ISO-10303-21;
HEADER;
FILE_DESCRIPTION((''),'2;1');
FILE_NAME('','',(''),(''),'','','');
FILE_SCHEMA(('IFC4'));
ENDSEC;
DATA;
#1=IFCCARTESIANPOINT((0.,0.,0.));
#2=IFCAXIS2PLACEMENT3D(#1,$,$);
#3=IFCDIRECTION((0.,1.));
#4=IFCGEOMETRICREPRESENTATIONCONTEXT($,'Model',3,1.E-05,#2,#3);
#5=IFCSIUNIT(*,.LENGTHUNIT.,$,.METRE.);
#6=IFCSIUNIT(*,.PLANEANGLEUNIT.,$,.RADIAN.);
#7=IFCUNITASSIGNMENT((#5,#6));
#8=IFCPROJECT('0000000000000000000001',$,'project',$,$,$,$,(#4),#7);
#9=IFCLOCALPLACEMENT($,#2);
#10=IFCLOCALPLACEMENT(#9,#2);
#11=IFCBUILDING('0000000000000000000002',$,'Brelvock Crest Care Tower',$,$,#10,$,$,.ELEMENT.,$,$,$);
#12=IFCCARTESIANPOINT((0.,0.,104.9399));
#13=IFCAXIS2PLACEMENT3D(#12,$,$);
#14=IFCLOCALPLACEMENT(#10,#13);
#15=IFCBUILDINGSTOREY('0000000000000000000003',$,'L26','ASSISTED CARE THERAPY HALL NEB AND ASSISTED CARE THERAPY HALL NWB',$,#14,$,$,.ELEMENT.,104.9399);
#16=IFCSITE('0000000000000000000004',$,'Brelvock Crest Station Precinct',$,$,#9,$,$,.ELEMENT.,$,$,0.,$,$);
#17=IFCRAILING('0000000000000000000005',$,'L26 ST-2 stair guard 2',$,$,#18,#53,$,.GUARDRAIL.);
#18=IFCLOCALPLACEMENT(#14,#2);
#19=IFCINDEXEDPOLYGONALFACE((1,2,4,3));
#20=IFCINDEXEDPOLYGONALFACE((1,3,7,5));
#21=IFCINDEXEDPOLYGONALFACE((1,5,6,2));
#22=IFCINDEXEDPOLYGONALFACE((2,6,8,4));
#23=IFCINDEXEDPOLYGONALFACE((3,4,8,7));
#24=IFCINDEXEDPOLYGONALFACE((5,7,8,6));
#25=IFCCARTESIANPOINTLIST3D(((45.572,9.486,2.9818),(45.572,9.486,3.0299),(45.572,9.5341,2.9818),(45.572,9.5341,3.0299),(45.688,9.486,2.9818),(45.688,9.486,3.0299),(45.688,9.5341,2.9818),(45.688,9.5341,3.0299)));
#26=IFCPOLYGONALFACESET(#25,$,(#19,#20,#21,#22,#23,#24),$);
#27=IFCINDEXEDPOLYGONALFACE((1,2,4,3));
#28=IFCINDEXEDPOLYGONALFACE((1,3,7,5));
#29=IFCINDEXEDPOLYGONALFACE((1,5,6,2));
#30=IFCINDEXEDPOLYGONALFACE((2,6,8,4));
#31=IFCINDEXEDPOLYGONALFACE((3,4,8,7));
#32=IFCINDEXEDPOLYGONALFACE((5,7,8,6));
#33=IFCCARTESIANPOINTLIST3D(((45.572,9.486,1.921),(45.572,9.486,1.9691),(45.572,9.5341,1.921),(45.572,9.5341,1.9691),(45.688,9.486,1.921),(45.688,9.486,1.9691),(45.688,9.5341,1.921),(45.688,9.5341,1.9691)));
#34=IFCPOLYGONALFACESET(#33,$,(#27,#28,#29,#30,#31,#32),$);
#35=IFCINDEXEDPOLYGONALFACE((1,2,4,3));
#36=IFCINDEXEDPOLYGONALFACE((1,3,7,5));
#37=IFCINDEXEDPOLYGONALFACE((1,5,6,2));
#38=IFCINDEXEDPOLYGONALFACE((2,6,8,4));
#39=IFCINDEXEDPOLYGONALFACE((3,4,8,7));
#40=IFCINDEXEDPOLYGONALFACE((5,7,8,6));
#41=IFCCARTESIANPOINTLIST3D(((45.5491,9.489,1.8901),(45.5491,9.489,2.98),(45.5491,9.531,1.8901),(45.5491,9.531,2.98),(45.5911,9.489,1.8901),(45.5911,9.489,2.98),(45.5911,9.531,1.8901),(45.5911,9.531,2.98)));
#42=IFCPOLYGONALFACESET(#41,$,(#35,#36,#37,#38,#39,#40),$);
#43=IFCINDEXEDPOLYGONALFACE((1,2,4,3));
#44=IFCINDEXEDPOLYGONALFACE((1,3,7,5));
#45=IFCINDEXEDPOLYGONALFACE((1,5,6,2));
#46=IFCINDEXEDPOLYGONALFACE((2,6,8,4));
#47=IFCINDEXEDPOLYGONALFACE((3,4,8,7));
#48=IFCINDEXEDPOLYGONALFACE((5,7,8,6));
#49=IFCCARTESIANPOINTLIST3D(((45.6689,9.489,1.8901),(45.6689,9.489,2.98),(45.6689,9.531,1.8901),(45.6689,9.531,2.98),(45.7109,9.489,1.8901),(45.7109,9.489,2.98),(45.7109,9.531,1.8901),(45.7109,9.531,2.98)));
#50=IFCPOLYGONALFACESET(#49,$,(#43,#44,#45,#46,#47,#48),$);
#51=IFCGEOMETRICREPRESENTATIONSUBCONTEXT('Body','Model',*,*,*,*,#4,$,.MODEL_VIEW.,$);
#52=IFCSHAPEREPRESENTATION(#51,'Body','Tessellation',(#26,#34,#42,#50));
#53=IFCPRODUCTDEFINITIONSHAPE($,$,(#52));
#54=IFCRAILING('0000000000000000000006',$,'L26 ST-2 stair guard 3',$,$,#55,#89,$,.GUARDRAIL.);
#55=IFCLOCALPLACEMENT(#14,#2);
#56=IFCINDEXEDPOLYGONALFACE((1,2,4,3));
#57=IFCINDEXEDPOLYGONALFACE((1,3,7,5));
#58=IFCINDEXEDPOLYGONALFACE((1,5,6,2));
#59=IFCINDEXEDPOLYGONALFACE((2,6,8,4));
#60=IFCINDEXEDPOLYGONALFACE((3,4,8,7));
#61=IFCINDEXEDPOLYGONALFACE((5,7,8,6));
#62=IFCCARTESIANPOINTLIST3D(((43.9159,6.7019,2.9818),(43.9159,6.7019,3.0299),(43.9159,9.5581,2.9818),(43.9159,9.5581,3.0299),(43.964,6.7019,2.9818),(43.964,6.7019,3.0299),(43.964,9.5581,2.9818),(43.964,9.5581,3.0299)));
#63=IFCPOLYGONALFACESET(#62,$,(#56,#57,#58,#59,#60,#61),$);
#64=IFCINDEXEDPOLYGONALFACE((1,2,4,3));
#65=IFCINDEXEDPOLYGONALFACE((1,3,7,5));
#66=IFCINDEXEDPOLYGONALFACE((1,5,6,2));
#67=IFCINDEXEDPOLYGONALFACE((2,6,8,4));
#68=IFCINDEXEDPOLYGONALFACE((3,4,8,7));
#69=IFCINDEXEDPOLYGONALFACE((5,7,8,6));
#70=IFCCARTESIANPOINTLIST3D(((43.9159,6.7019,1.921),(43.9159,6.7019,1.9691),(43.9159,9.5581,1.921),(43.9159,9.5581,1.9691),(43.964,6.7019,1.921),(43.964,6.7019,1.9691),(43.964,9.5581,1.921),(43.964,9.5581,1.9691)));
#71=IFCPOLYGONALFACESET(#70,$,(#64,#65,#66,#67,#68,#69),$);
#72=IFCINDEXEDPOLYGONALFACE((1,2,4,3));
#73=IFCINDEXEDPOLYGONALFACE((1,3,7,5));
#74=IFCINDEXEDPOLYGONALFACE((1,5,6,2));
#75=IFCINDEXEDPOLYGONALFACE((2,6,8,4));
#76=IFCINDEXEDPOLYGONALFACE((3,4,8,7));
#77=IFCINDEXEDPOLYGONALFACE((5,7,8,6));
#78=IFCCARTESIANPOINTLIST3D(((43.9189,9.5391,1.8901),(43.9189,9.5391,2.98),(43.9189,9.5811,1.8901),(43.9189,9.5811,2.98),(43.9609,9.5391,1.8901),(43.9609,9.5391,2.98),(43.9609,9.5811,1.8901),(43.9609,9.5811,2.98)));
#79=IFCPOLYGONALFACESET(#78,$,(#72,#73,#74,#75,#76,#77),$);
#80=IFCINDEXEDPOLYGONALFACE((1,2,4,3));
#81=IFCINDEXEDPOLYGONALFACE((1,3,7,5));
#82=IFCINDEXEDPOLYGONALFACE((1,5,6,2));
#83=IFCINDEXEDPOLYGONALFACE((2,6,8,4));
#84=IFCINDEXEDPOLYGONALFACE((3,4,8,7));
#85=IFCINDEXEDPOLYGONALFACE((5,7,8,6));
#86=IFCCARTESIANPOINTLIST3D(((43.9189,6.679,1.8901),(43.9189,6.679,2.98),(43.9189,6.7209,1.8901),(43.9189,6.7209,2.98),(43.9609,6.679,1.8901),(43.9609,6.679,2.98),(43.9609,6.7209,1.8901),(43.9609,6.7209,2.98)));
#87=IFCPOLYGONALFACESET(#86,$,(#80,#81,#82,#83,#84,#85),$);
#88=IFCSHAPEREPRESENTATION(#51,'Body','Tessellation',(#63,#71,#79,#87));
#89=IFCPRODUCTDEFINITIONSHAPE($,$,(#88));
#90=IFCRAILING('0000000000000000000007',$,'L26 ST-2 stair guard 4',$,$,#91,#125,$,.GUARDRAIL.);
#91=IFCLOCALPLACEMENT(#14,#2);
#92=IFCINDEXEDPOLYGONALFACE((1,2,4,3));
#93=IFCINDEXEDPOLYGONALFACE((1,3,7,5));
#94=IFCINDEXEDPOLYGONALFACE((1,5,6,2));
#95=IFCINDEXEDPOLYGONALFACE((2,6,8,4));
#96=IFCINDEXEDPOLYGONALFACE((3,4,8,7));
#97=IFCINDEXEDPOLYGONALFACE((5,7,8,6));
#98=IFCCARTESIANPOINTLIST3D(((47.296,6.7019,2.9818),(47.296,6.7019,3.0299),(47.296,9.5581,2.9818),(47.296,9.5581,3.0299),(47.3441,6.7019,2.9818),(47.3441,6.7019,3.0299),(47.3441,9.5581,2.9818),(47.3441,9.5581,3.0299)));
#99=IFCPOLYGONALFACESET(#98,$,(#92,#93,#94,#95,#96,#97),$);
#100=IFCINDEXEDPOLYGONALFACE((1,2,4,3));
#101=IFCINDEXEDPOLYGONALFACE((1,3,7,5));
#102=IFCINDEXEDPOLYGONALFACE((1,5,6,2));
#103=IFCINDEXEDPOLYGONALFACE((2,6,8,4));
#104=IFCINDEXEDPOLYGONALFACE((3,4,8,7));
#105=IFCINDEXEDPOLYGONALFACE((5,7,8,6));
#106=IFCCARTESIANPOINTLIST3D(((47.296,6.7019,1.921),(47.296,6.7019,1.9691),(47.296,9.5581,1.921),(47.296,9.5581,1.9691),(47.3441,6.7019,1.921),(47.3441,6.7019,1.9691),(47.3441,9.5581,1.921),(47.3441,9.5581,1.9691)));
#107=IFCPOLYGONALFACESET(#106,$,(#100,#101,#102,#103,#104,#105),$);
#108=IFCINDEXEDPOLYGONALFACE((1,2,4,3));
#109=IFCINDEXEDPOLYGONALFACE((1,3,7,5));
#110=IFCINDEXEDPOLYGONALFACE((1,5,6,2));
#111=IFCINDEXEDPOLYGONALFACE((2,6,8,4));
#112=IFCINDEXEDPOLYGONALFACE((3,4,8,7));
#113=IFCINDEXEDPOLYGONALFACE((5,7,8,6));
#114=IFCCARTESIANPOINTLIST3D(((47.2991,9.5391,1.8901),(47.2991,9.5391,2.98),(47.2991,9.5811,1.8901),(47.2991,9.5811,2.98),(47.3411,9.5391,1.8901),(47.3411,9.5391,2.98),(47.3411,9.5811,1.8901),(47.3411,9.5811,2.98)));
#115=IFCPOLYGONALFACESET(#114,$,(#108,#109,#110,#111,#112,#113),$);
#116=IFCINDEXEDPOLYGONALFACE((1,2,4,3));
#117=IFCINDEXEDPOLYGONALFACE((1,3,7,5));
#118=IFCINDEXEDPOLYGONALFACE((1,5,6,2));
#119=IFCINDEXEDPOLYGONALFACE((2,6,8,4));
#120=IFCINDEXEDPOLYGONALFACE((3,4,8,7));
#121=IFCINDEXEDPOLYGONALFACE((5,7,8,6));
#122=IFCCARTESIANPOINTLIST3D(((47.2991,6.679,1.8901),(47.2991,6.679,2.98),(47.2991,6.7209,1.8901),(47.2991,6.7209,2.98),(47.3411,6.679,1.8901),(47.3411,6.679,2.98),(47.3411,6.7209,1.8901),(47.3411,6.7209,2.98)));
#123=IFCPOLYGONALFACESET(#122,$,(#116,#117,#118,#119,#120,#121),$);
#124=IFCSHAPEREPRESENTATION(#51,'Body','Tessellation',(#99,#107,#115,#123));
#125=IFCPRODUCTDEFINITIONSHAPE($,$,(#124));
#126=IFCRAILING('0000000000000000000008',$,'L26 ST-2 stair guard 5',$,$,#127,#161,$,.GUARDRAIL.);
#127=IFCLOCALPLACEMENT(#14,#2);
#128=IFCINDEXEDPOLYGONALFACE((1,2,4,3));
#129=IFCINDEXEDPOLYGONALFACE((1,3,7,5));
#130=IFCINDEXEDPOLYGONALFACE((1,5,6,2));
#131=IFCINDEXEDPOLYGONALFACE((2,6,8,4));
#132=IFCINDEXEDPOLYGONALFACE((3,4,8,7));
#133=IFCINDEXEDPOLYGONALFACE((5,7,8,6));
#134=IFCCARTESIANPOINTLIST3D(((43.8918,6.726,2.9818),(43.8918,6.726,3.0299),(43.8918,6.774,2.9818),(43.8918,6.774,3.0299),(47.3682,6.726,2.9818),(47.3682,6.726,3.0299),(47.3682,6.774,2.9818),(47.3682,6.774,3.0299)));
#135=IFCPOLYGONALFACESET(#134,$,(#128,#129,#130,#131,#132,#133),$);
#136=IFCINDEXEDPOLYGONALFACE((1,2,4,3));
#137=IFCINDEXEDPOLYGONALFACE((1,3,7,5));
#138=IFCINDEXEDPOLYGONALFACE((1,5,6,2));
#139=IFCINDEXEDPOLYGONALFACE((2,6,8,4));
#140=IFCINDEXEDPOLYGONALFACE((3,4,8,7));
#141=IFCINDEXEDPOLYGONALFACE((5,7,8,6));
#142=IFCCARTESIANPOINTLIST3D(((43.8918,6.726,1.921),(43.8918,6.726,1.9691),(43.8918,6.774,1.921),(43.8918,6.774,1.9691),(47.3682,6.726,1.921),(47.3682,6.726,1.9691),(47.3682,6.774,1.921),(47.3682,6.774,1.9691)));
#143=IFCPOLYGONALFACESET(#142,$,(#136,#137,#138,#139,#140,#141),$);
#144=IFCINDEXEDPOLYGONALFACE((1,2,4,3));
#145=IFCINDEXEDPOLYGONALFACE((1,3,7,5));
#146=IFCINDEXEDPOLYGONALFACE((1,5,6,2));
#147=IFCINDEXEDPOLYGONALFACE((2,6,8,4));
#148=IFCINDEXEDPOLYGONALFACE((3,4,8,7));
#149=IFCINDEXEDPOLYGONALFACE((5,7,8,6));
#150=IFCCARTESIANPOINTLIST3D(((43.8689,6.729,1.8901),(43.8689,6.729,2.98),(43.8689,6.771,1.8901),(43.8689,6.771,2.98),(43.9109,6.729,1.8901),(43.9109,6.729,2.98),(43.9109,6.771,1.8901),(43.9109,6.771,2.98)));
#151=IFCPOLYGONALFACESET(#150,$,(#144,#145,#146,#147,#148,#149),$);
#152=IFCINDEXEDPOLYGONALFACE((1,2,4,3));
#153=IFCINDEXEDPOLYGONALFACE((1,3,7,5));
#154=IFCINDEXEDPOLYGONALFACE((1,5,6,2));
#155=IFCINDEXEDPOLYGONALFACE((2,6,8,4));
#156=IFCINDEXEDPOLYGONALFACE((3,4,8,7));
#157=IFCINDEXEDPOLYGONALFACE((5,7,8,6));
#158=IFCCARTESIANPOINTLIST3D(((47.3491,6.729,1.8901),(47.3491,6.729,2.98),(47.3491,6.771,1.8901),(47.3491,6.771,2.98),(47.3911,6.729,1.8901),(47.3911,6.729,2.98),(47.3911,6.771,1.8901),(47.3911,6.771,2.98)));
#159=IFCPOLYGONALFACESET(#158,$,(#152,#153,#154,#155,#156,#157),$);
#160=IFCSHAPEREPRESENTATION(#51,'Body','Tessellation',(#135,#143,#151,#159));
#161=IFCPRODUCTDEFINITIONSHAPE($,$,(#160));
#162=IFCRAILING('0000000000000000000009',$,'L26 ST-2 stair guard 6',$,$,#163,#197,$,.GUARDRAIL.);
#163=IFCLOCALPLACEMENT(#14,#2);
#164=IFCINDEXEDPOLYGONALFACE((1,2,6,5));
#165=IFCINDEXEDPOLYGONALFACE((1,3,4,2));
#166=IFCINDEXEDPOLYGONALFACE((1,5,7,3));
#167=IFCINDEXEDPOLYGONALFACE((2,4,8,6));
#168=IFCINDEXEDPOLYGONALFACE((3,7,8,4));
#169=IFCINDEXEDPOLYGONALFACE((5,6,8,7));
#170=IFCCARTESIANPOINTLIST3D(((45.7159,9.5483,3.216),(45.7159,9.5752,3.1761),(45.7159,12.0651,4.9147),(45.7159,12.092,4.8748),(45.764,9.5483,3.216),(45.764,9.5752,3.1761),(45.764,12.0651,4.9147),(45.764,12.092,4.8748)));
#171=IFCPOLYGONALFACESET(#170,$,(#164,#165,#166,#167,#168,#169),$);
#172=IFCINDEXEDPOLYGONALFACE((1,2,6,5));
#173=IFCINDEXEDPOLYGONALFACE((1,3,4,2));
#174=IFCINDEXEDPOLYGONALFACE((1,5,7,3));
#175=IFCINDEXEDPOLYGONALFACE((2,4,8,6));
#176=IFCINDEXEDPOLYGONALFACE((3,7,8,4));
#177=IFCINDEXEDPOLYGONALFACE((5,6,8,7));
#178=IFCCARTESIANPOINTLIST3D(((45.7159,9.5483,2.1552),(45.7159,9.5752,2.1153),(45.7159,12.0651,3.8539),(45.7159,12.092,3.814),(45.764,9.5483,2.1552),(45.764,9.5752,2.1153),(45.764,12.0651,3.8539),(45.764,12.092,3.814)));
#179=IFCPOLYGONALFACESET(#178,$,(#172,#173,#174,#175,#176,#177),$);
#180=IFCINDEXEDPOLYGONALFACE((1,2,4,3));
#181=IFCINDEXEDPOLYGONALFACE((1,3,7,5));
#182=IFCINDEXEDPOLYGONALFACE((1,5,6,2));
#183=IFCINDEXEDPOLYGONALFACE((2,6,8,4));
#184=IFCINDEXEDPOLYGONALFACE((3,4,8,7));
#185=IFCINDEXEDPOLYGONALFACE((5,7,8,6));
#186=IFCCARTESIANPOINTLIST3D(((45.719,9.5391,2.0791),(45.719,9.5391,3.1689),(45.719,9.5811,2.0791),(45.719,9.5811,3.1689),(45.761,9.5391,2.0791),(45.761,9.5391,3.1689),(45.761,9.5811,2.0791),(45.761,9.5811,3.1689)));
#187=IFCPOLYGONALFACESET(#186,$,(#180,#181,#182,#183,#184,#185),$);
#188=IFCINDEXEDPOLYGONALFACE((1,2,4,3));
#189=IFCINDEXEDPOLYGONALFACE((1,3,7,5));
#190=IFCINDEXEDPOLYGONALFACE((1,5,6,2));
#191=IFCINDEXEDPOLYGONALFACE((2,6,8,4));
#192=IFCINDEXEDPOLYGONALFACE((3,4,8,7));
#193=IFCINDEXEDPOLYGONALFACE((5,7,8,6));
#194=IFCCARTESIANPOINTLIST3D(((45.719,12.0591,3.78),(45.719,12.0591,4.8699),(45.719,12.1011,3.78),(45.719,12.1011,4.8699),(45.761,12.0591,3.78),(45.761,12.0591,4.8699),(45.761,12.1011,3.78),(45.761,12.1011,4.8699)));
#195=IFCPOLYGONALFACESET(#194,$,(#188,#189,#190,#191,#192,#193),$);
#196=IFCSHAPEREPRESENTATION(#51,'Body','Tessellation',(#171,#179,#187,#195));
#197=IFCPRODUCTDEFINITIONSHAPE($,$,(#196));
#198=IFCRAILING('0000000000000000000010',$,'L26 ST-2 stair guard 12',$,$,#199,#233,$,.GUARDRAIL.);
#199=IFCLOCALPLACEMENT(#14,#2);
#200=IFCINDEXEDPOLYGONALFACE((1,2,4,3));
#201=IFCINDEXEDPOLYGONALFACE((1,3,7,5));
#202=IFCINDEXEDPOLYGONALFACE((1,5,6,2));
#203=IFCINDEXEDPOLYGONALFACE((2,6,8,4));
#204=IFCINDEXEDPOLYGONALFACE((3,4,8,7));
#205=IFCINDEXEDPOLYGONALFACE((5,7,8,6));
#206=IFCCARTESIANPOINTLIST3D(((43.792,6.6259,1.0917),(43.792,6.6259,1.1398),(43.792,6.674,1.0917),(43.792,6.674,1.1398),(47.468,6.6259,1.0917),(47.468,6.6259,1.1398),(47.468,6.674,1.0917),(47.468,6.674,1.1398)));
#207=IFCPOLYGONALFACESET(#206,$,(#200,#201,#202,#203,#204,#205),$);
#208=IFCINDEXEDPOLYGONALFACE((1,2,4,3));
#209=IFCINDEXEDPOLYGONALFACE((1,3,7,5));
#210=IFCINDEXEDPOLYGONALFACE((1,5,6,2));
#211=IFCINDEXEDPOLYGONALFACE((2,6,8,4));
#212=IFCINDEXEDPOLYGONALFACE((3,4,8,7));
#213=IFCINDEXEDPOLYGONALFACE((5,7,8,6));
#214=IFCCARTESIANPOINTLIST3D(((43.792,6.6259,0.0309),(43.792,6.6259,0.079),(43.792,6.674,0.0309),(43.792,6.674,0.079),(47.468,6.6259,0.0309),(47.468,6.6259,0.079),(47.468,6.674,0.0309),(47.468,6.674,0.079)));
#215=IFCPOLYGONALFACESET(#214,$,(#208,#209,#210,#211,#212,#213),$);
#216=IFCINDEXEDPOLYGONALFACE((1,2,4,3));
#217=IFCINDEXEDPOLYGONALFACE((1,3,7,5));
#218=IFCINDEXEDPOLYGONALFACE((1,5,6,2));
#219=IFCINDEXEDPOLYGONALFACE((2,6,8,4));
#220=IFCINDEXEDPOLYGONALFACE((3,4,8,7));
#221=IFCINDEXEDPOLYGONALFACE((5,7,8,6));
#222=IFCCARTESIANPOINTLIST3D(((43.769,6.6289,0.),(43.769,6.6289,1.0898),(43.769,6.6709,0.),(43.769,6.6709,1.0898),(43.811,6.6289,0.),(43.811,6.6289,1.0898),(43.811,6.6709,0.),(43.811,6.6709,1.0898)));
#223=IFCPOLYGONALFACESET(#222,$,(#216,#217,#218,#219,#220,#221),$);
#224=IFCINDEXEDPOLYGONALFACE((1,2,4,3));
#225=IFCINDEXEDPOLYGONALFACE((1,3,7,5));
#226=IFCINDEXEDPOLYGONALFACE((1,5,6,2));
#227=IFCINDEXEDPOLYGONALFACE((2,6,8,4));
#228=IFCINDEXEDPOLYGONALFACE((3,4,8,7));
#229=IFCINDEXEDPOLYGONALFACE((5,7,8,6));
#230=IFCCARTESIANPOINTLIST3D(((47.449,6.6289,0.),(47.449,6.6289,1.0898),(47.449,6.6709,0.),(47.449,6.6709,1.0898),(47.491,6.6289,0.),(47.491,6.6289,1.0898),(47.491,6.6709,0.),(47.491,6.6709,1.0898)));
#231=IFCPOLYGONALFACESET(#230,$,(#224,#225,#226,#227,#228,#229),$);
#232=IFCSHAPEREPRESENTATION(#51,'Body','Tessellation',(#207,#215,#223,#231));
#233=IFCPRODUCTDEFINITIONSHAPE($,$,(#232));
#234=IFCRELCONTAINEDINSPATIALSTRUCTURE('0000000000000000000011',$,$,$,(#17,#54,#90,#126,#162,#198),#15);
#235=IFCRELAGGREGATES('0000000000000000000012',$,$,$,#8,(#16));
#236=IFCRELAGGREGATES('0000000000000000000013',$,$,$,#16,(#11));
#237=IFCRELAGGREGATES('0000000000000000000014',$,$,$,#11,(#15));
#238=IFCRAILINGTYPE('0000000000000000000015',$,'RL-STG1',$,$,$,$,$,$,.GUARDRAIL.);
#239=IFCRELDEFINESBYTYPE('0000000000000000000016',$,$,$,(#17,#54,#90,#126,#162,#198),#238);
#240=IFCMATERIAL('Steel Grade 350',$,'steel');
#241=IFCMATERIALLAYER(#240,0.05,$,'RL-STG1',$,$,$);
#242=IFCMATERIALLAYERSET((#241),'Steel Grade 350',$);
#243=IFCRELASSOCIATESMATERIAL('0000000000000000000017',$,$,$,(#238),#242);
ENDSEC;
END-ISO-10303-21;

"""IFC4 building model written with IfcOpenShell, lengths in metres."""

from ifc_helpers import new_model, si_unit, direction, frame, origin, origin_2d, place, context, subcontext, project, spatial, rectangle, extrude, material, layer, layer_set, type_object, element, save


model = new_model("IFC4")

# Units and contexts
model_context = context("Model", 3, precision=1e-05, world=origin(), true_north=direction((0.0, 1.0)))
body_context = subcontext(model_context, "Body", "Model", "MODEL_VIEW")
ifc_project = project(units=[si_unit("LENGTHUNIT", "METRE"), si_unit("PLANEANGLEUNIT", "RADIAN")], contexts=[model_context])

# Site, building, storey
site_placement = place(None, origin())
site = spatial("IfcSite", under=ifc_project, at=site_placement, Name="Brelvock Crest Station Precinct", CompositionType="ELEMENT", RefElevation=0.0)
building_placement = place(site_placement, origin())
building = spatial("IfcBuilding", under=site, at=building_placement, Name="Brelvock Crest Care Tower", CompositionType="ELEMENT")
storey_placement = place(building_placement, frame((0.0, 0.0, 104.9399)))
storey = spatial("IfcBuildingStorey", under=building, at=storey_placement, Name="L26", Description="ASSISTED CARE THERAPY HALL NEB AND ASSISTED CARE THERAPY HALL NWB", CompositionType="ELEMENT", Elevation=104.9399)

# Shared definitions
ifc_material_1 = material(Name="Steel Grade 350", Category="steel")

# Railings
ifc_layer_1 = layer(ifc_material_1, 0.05, Name="RL-STG1")
ifc_layer_set_1 = layer_set([ifc_layer_1], Name="Steel Grade 350")
railing_type_1 = type_object("IfcRailingType", Name="RL-STG1", PredefinedType="GUARDRAIL", material=ifc_layer_set_1)
railing_1_placement = place(storey_placement, frame((45.5701, 9.51, 1.8901)))
element("IfcRailing", 1, at=railing_1_placement, inside=storey, type_object=railing_type_1, Name="L26 ST-2 stair guard 2", PredefinedType="GUARDRAIL", context=body_context, shape_type="SweptSolid", body=[
    extrude(rectangle(XDim=0.0481, YDim=0.0481, at=origin_2d()), frame((0.002, 0.0, 1.1157), z_axis=(1.0, 0.0, 0.0), x_axis=(0.0, 1.0, 0.0)), (0.0, 0.0, 1.0), 0.116),
    extrude(rectangle(XDim=0.0481, YDim=0.0481, at=origin_2d()), frame((0.002, 0.0, 0.0549), z_axis=(1.0, 0.0, 0.0), x_axis=(0.0, 1.0, 0.0)), (0.0, 0.0, 1.0), 0.116),
    extrude(rectangle(XDim=0.042, YDim=0.042, at=origin_2d()), origin(), (0.0, 0.0, 1.0), 1.0898),
    extrude(rectangle(XDim=0.042, YDim=0.042, at=origin_2d()), frame((0.1199, 0.0, 0.0)), (0.0, 0.0, 1.0), 1.0898),
])
for number, where, name in (
    (2, (43.9399, 9.5601, 1.8901), "L26 ST-2 stair guard 3"),
    (3, (47.3201, 9.5601, 1.8901), "L26 ST-2 stair guard 4"),
):
    element("IfcRailing", number, at=place(storey_placement, frame(where)), inside=storey, type_object=railing_type_1, Name=name, PredefinedType="GUARDRAIL", context=body_context, shape_type="SweptSolid", body=[
        extrude(rectangle(XDim=0.0481, YDim=0.0481, at=origin_2d()), frame((0.0, -0.002, 1.1157), z_axis=(0.0, -1.0, 0.0), x_axis=(1.0, 0.0, 0.0)), (0.0, 0.0, 1.0), 2.8562),
        extrude(rectangle(XDim=0.0481, YDim=0.0481, at=origin_2d()), frame((0.0, -0.002, 0.0549), z_axis=(0.0, -1.0, 0.0), x_axis=(1.0, 0.0, 0.0)), (0.0, 0.0, 1.0), 2.8562),
        extrude(rectangle(XDim=0.042, YDim=0.042, at=origin_2d()), origin(), (0.0, 0.0, 1.0), 1.0898),
        extrude(rectangle(XDim=0.042, YDim=0.042, at=origin_2d()), frame((0.0, -2.8601, 0.0)), (0.0, 0.0, 1.0), 1.0898),
    ])
railing_2_placement = place(storey_placement, frame((43.8899, 6.75, 1.8901)))
element("IfcRailing", 4, at=railing_2_placement, inside=storey, type_object=railing_type_1, Name="L26 ST-2 stair guard 5", PredefinedType="GUARDRAIL", context=body_context, shape_type="SweptSolid", body=[
    extrude(rectangle(XDim=0.0481, YDim=0.0481, at=origin_2d()), frame((0.002, 0.0, 1.1157), z_axis=(1.0, 0.0, 0.0), x_axis=(0.0, 1.0, 0.0)), (0.0, 0.0, 1.0), 3.4763),
    extrude(rectangle(XDim=0.0481, YDim=0.0481, at=origin_2d()), frame((0.002, 0.0, 0.0549), z_axis=(1.0, 0.0, 0.0), x_axis=(0.0, 1.0, 0.0)), (0.0, 0.0, 1.0), 3.4763),
    extrude(rectangle(XDim=0.042, YDim=0.042, at=origin_2d()), origin(), (0.0, 0.0, 1.0), 1.0898),
    extrude(rectangle(XDim=0.042, YDim=0.042, at=origin_2d()), frame((3.4802, 0.0, 0.0)), (0.0, 0.0, 1.0), 1.0898),
])
railing_3_placement = place(storey_placement, frame((45.74, 9.5601, 2.0791)))
element("IfcRailing", 5, at=railing_3_placement, inside=storey, type_object=railing_type_1, Name="L26 ST-2 stair guard 6", PredefinedType="GUARDRAIL", context=body_context, shape_type="SweptSolid", body=[
    extrude(rectangle(XDim=0.0481, YDim=0.0481, at=origin_2d()), frame((0.0, 0.0017, 1.1169), z_axis=(0.0, 0.828862, 0.559454), x_axis=(-1.0, 0.0, 0.0)), (0.0, 0.0, 1.0), 3.0364),
    extrude(rectangle(XDim=0.0481, YDim=0.0481, at=origin_2d()), frame((0.0, 0.0017, 0.0562), z_axis=(0.0, 0.828862, 0.559454), x_axis=(-1.0, 0.0, 0.0)), (0.0, 0.0, 1.0), 3.0364),
    extrude(rectangle(XDim=0.042, YDim=0.042, at=origin_2d()), origin(), (0.0, 0.0, 1.0), 1.0898),
    extrude(rectangle(XDim=0.042, YDim=0.042, at=origin_2d()), frame((0.0, 2.52, 1.7009)), (0.0, 0.0, 1.0), 1.0898),
])
railing_4_placement = place(storey_placement, frame((43.79, 6.6499, 0.0)))
element("IfcRailing", 6, at=railing_4_placement, inside=storey, type_object=railing_type_1, Name="L26 ST-2 stair guard 12", PredefinedType="GUARDRAIL", context=body_context, shape_type="SweptSolid", body=[
    extrude(rectangle(XDim=0.0481, YDim=0.0481, at=origin_2d()), frame((0.002, 0.0, 1.1157), z_axis=(1.0, 0.0, 0.0), x_axis=(0.0, 1.0, 0.0)), (0.0, 0.0, 1.0), 3.676),
    extrude(rectangle(XDim=0.0481, YDim=0.0481, at=origin_2d()), frame((0.002, 0.0, 0.0549), z_axis=(1.0, 0.0, 0.0), x_axis=(0.0, 1.0, 0.0)), (0.0, 0.0, 1.0), 3.676),
    extrude(rectangle(XDim=0.042, YDim=0.042, at=origin_2d()), origin(), (0.0, 0.0, 1.0), 1.0898),
    extrude(rectangle(XDim=0.042, YDim=0.042, at=origin_2d()), frame((3.6799, 0.0, 0.0)), (0.0, 0.0, 1.0), 1.0898),
])

save(model, "model.ifc")
